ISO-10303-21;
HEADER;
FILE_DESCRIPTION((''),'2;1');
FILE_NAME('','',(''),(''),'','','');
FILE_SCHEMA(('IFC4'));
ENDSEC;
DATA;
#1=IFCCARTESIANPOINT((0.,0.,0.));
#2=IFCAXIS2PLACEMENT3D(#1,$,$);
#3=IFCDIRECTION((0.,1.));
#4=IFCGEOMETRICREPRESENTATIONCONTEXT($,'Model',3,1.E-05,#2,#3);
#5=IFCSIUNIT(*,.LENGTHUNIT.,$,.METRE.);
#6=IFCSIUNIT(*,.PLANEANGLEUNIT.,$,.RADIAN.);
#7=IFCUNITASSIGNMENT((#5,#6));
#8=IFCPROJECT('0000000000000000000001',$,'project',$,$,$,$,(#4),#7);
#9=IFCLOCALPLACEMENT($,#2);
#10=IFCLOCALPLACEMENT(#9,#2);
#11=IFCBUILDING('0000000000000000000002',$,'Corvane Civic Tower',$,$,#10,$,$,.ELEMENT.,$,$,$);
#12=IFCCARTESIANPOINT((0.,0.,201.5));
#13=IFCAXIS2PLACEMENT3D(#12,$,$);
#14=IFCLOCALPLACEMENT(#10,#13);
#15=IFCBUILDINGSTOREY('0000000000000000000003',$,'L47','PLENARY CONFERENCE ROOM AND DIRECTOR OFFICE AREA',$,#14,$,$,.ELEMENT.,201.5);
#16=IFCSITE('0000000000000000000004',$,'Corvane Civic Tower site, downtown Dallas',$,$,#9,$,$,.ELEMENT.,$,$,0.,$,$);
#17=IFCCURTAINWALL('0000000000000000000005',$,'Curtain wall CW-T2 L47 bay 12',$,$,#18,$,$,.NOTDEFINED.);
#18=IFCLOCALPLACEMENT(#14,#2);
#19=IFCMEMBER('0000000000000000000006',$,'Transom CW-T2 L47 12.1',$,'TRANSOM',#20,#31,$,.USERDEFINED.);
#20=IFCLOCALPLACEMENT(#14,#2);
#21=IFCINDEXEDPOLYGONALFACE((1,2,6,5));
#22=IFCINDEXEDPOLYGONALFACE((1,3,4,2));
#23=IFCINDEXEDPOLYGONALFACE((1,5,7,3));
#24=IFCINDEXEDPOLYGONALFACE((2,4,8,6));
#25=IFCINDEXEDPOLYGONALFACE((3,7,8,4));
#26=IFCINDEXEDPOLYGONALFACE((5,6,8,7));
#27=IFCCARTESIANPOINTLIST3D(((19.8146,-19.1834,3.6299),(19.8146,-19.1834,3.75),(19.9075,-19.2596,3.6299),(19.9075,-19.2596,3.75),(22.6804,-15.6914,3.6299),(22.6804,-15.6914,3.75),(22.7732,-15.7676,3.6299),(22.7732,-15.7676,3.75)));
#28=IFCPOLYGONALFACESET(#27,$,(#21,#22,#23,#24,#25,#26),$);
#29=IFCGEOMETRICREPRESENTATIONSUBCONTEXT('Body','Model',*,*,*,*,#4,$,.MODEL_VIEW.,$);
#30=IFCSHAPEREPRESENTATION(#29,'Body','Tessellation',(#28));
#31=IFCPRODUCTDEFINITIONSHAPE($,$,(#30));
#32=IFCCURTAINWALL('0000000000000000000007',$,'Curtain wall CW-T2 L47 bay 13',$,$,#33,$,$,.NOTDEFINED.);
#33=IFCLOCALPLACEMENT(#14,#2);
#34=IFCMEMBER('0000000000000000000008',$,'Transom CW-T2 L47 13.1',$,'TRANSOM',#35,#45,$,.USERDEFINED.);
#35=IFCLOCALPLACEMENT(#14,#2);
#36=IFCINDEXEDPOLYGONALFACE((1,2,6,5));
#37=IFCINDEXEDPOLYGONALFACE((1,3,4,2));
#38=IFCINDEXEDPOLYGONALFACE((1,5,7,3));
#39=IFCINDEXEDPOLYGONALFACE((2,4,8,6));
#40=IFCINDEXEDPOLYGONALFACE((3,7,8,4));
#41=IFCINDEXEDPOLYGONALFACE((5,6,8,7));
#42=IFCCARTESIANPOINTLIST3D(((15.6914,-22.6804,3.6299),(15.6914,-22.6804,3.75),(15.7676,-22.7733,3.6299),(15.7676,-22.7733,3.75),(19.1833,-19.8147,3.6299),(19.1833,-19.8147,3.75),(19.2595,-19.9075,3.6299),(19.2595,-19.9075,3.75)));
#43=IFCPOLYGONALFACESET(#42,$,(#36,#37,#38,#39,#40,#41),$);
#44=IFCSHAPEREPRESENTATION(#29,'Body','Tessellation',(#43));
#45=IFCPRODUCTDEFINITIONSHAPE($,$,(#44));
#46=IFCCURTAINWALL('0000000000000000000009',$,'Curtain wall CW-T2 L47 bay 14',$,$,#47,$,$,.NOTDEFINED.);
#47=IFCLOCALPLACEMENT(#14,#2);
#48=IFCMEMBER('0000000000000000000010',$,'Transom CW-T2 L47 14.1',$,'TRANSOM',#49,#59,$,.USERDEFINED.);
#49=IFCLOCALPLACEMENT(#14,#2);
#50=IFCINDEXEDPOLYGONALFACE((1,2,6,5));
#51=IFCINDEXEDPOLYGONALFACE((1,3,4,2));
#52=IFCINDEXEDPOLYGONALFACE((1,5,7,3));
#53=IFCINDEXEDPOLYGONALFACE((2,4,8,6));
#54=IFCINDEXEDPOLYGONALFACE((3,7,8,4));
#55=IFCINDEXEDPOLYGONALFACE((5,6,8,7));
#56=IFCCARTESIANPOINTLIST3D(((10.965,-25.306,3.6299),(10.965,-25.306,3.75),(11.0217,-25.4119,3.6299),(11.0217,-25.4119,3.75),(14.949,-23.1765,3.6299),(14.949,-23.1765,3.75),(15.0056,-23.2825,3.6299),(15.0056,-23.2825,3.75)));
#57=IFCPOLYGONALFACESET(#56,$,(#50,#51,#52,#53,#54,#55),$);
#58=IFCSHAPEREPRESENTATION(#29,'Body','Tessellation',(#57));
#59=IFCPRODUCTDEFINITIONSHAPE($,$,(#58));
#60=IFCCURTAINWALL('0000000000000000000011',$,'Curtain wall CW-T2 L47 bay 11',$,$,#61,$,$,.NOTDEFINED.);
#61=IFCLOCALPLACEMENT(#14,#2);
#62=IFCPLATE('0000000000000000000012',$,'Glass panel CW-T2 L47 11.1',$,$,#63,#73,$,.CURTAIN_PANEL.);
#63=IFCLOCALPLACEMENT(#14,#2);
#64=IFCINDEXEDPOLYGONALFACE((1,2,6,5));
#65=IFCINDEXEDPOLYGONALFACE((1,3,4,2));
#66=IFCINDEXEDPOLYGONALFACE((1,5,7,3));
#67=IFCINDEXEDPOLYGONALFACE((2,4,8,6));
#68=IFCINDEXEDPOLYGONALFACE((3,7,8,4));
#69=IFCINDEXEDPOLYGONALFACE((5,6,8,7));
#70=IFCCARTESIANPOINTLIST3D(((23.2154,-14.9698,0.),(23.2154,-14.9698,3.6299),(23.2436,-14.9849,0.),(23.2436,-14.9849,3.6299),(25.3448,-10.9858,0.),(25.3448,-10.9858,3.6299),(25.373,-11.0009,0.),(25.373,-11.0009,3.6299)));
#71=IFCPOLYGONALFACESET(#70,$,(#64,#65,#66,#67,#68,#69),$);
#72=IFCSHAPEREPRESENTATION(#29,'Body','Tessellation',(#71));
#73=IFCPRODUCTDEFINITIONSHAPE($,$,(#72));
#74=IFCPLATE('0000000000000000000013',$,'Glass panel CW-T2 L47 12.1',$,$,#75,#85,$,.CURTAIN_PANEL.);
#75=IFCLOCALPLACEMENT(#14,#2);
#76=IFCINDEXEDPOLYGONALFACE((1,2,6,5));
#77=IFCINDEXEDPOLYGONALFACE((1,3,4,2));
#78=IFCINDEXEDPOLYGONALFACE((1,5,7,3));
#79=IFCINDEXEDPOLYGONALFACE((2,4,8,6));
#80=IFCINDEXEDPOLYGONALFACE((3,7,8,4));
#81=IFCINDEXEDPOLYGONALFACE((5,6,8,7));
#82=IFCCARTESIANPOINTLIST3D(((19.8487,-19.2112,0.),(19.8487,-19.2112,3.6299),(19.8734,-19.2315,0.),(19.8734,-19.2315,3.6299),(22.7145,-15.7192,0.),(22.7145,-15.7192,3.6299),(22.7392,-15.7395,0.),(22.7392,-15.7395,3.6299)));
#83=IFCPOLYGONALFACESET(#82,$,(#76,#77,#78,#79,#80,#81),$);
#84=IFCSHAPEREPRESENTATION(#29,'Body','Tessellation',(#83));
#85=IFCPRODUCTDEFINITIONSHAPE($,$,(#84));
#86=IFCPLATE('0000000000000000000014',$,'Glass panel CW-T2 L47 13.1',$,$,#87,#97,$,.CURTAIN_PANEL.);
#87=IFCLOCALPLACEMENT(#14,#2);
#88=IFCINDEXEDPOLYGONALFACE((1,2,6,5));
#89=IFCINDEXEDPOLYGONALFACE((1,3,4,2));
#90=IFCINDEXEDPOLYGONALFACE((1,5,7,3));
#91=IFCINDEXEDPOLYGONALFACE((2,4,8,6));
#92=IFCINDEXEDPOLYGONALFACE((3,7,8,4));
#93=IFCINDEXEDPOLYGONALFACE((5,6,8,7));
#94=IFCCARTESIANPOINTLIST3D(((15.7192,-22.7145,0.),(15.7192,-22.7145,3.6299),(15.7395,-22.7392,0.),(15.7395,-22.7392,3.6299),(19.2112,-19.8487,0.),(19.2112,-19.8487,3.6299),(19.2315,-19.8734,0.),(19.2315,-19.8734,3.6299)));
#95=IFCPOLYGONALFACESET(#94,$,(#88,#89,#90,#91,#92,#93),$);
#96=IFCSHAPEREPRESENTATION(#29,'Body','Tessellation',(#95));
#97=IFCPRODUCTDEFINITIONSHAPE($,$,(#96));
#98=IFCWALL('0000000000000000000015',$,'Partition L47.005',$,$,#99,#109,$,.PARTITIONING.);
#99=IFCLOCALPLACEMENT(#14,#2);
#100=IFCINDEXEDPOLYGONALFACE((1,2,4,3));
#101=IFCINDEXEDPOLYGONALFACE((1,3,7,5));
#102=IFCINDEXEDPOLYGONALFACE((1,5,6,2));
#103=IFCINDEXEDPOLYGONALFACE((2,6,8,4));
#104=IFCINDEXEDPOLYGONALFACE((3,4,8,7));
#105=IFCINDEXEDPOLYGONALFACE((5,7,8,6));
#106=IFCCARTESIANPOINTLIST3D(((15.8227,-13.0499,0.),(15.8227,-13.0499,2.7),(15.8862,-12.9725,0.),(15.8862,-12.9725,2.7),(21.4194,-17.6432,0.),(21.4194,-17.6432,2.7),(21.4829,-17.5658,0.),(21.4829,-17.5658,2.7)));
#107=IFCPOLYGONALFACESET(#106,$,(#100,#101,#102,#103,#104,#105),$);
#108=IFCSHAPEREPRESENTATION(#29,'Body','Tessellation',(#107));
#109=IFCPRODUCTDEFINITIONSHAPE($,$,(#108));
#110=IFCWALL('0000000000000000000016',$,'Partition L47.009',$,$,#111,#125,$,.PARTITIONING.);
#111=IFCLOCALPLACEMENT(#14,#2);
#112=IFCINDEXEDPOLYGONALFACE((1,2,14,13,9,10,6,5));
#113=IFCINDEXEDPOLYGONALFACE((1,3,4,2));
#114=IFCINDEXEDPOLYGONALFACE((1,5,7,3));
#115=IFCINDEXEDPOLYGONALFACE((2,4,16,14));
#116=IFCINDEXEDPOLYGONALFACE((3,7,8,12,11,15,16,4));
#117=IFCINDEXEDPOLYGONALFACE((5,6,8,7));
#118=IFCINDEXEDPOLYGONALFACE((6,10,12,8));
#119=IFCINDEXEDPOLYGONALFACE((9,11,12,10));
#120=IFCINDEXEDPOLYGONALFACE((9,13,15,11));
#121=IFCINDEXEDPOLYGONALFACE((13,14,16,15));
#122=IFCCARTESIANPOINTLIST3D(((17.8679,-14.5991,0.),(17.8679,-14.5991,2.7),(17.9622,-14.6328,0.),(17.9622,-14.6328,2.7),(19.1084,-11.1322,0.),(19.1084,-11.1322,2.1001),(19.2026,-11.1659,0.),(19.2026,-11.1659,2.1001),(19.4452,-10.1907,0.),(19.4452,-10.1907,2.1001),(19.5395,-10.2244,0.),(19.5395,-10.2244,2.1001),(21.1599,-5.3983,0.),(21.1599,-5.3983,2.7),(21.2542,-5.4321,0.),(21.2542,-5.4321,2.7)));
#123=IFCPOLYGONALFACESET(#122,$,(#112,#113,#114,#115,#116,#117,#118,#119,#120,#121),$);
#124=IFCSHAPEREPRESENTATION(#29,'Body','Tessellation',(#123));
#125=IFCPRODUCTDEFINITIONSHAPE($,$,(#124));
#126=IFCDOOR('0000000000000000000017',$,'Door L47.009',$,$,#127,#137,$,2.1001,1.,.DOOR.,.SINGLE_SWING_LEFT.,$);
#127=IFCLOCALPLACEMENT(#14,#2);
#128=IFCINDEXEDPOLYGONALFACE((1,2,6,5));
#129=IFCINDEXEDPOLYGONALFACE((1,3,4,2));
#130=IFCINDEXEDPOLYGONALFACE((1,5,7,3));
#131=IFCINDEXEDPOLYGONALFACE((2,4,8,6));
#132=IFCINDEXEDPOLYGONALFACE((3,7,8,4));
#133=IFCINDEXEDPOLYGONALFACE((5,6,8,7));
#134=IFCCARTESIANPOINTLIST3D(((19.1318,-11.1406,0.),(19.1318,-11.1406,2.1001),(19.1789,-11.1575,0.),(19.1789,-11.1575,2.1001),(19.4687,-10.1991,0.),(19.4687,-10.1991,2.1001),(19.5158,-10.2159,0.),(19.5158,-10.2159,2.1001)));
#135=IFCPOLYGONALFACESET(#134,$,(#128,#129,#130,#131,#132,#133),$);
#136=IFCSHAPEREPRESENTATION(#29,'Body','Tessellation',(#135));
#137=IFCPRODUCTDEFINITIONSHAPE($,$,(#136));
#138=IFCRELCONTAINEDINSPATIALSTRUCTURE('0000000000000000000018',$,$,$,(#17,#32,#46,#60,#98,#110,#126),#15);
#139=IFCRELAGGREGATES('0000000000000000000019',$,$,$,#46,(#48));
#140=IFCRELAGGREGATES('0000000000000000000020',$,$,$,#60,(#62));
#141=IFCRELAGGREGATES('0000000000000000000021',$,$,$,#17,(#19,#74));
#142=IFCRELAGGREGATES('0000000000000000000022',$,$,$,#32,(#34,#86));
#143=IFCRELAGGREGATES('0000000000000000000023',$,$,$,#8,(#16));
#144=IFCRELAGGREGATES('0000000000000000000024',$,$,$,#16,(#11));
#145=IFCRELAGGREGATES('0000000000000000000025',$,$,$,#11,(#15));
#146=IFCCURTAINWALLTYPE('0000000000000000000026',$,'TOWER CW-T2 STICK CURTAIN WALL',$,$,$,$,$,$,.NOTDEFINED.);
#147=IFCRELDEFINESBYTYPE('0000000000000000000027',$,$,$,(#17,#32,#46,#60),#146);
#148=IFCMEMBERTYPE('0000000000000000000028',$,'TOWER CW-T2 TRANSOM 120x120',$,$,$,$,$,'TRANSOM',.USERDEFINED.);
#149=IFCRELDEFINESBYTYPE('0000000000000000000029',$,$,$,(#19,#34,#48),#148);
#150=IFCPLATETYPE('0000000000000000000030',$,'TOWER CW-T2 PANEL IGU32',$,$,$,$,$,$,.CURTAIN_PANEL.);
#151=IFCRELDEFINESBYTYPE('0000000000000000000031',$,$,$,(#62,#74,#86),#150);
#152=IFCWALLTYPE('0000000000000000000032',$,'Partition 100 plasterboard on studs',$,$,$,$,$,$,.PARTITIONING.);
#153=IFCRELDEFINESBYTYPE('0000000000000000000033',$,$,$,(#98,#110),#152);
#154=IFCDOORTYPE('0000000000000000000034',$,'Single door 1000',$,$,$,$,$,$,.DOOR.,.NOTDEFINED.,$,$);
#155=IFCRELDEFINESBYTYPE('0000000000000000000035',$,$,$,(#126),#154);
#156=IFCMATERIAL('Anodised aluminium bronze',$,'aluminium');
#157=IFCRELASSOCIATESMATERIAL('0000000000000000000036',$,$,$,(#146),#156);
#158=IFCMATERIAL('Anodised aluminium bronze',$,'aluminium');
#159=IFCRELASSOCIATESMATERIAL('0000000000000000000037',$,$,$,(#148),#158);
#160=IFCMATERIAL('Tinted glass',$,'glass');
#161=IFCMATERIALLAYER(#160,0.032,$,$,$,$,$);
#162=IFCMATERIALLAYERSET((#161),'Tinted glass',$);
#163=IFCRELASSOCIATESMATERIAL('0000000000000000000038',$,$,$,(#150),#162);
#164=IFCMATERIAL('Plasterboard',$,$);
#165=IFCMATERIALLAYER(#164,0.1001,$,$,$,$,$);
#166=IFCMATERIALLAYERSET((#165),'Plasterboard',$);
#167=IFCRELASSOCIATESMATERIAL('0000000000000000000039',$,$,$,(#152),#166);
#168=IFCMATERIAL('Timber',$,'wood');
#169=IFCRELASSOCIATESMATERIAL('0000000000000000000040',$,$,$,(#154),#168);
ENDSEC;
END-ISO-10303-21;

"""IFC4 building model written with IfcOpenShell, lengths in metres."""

from ifc_helpers import new_model, si_unit, direction, frame, frame_2d, origin, origin_2d, place, context, subcontext, project, spatial, rectangle, extrude, material, layer, layer_set, material_profile, profile_set, type_object, element, fill, aggregate, save


model = new_model("IFC4")

# Units and contexts
model_context = context("Model", 3, precision=1e-05, world=origin(), true_north=direction((0.0, 1.0)))
body_context = subcontext(model_context, "Body", "Model", "MODEL_VIEW")
ifc_project = project(units=[si_unit("LENGTHUNIT", "METRE"), si_unit("PLANEANGLEUNIT", "RADIAN")], contexts=[model_context])

# Site, building, storey
site_placement = place(None, origin())
site = spatial("IfcSite", under=ifc_project, at=site_placement, Name="Corvane Civic Tower site, downtown Dallas", CompositionType="ELEMENT", RefElevation=0.0)
building_placement = place(site_placement, origin())
building = spatial("IfcBuilding", under=site, at=building_placement, Name="Corvane Civic Tower", CompositionType="ELEMENT")
storey_placement = place(building_placement, frame((0.0, 0.0, 201.5)))
storey = spatial("IfcBuildingStorey", under=building, at=storey_placement, Name="L47", Description="PLENARY CONFERENCE ROOM AND DIRECTOR OFFICE AREA", CompositionType="ELEMENT", Elevation=201.5)

# Curtain walls, members
ifc_material_1 = material(Name="Anodised aluminium bronze", Category="aluminium")
curtain_wall_type = type_object("IfcCurtainWallType", Name="TOWER CW-T2 STICK CURTAIN WALL", PredefinedType="NOTDEFINED", material=ifc_material_1)
curtain_wall_1_placement = place(storey_placement, origin())
curtain_wall_1 = element("IfcCurtainWall", 1, at=curtain_wall_1_placement, inside=storey, type_object=curtain_wall_type, Name="Curtain wall CW-T2 L47 bay 12", PredefinedType="NOTDEFINED")
ifc_material_2 = material(Name="Anodised aluminium bronze", Category="aluminium")
ifc_material_profile_1 = material_profile(ifc_material_2, rectangle(XDim=0.1201, YDim=0.1201, at=origin_2d()), Name="TOWER CW-T2 TRANSOM 120x120")
ifc_profile_set_1 = profile_set([ifc_material_profile_1], Name="Anodised aluminium bronze")
member_type = type_object("IfcMemberType", Name="TOWER CW-T2 TRANSOM 120x120", ElementType="TRANSOM", PredefinedType="USERDEFINED", material=ifc_profile_set_1)
member_1_placement = place(storey_placement, frame((22.7268, -15.7295, 3.6899), z_axis=(-0.634388, -0.773015, 0.0), x_axis=(0.773015, -0.634388, 0.0)))
member_1 = element("IfcMember", 2, at=member_1_placement, type_object=member_type, Name="Transom CW-T2 L47 12.1", ObjectType="TRANSOM", PredefinedType="USERDEFINED", context=body_context, shape_type="SweptSolid", body=[
    extrude(rectangle(XDim=0.1201, YDim=0.1201, at=origin_2d()), origin(), (0.0, 0.0, 1.0), 4.5173),
])
curtain_wall_2_placement = place(storey_placement, origin())
curtain_wall_2 = element("IfcCurtainWall", 3, at=curtain_wall_2_placement, inside=storey, type_object=curtain_wall_type, Name="Curtain wall CW-T2 L47 bay 13", PredefinedType="NOTDEFINED")
member_2_placement = place(storey_placement, frame((19.2214, -19.8611, 3.6899), z_axis=(-0.773015, -0.634388, 0.0), x_axis=(0.634388, -0.773015, 0.0)))
member_2 = element("IfcMember", 4, at=member_2_placement, type_object=member_type, Name="Transom CW-T2 L47 13.1", ObjectType="TRANSOM", PredefinedType="USERDEFINED", context=body_context, shape_type="SweptSolid", body=[
    extrude(rectangle(XDim=0.1201, YDim=0.1201, at=origin_2d()), origin(), (0.0, 0.0, 1.0), 4.5173),
])
curtain_wall_3_placement = place(storey_placement, origin())
curtain_wall_3 = element("IfcCurtainWall", 5, at=curtain_wall_3_placement, inside=storey, type_object=curtain_wall_type, Name="Curtain wall CW-T2 L47 bay 14", PredefinedType="NOTDEFINED")
member_3_placement = place(storey_placement, frame((14.9773, -23.2295, 3.6899), z_axis=(-0.881925, -0.47139, 0.0), x_axis=(0.47139, -0.881925, 0.0)))
member_3 = element("IfcMember", 6, at=member_3_placement, type_object=member_type, Name="Transom CW-T2 L47 14.1", ObjectType="TRANSOM", PredefinedType="USERDEFINED", context=body_context, shape_type="SweptSolid", body=[
    extrude(rectangle(XDim=0.1201, YDim=0.1201, at=origin_2d()), origin(), (0.0, 0.0, 1.0), 4.5173),
])
aggregate(curtain_wall_3, [member_3])

# Curtain wall, plate
curtain_wall_4_placement = place(storey_placement, origin())
curtain_wall_4 = element("IfcCurtainWall", 7, at=curtain_wall_4_placement, inside=storey, type_object=curtain_wall_type, Name="Curtain wall CW-T2 L47 bay 11", PredefinedType="NOTDEFINED")
ifc_material_3 = material(Name="Tinted glass", Category="glass")
ifc_layer_1 = layer(ifc_material_3, 0.032)
ifc_layer_set_1 = layer_set([ifc_layer_1], Name="Tinted glass")
plate_type = type_object("IfcPlateType", Name="TOWER CW-T2 PANEL IGU32", PredefinedType="CURTAIN_PANEL", material=ifc_layer_set_1)
plate_1_placement = place(storey_placement, frame((24.2942, -12.9854, 0.0), z_axis=(0.0, 0.0, 1.0), x_axis=(-0.471398, -0.88192, 0.0)))
plate_1 = element("IfcPlate", 8, at=plate_1_placement, type_object=plate_type, Name="Glass panel CW-T2 L47 11.1", PredefinedType="CURTAIN_PANEL", context=body_context, shape_type="SweptSolid", body=[
    extrude(rectangle(XDim=4.5173, YDim=0.032, at=origin_2d()), origin(), (0.0, 0.0, 1.0), 3.6299),
])
aggregate(curtain_wall_4, [plate_1])

# Plates
plate_2_placement = place(storey_placement, frame((21.2939, -17.4753, 0.0), z_axis=(0.0, 0.0, 1.0), x_axis=(-0.634391, -0.773012, 0.0)))
plate_2 = element("IfcPlate", 9, at=plate_2_placement, type_object=plate_type, Name="Glass panel CW-T2 L47 12.1", PredefinedType="CURTAIN_PANEL", context=body_context, shape_type="SweptSolid", body=[
    extrude(rectangle(XDim=4.5173, YDim=0.032, at=origin_2d()), origin(), (0.0, 0.0, 1.0), 3.6299),
])
aggregate(curtain_wall_1, [member_1, plate_2])
plate_3_placement = place(storey_placement, frame((17.4753, -21.2939, 0.0), z_axis=(0.0, 0.0, 1.0), x_axis=(-0.773012, -0.634391, 0.0)))
plate_3 = element("IfcPlate", 10, at=plate_3_placement, type_object=plate_type, Name="Glass panel CW-T2 L47 13.1", PredefinedType="CURTAIN_PANEL", context=body_context, shape_type="SweptSolid", body=[
    extrude(rectangle(XDim=4.5173, YDim=0.032, at=origin_2d()), origin(), (0.0, 0.0, 1.0), 3.6299),
])
aggregate(curtain_wall_2, [member_2, plate_3])

# Wall
ifc_material_4 = material(Name="Plasterboard")
ifc_layer_2 = layer(ifc_material_4, 0.1001)
ifc_layer_set_2 = layer_set([ifc_layer_2], Name="Plasterboard")
wall_type_1 = type_object("IfcWallType", Name="Partition 100 plasterboard on studs", PredefinedType="PARTITIONING", material=ifc_layer_set_2)
wall_1_placement = place(storey_placement, frame((15.8545, -13.0112, 0.0), z_axis=(0.0, 0.0, 1.0), x_axis=(0.772998, -0.634409, 0.0)))
element("IfcWall", 11, at=wall_1_placement, inside=storey, type_object=wall_type_1, Name="Partition L47.005", PredefinedType="PARTITIONING", context=body_context, shape_type="SweptSolid", body=[
    extrude(rectangle(XDim=7.2402, YDim=0.1001, at=frame_2d((3.6201, 0.0))), origin(), (0.0, 0.0, 1.0), 2.7),
])

# Wall, opening, door
wall_2_placement = place(storey_placement, frame((17.915, -14.616, 0.0), z_axis=(0.0, 0.0, 1.0), x_axis=(0.336884, 0.941546, 0.0)))
wall_2 = element("IfcWall", 12, at=wall_2_placement, inside=storey, type_object=wall_type_1, Name="Partition L47.009", PredefinedType="PARTITIONING", context=body_context, shape_type="SweptSolid", body=[
    extrude(rectangle(XDim=9.772, YDim=0.1001, at=frame_2d((4.886, 0.0))), origin(), (0.0, 0.0, 1.0), 2.7),
])
opening_1_placement = place(wall_2_placement, frame((3.6821, 0.0, 0.0)))
opening_1 = element("IfcOpeningElement", 13, at=opening_1_placement, cuts=wall_2, PredefinedType="OPENING", context=body_context, shape_type="SweptSolid", body=[
    extrude(rectangle(XDim=1.0, YDim=2.1001, at=frame_2d((0.5, 1.05))), frame((0.0, 0.0601, 0.0), z_axis=(0.0, -1.0, 0.0), x_axis=(1.0, 0.0, 0.0)), (0.0, 0.0, 1.0), 0.1201),
])
ifc_material_5 = material(Name="Timber", Category="wood")
door_type_1 = type_object("IfcDoorType", Name="Single door 1000", OperationType="NOTDEFINED", PredefinedType="DOOR", material=ifc_material_5)
door_1_placement = place(opening_1_placement, frame((1.0, 0.0, 0.0), z_axis=(0.0, 0.0, 1.0), x_axis=(-1.0, 0.0, 0.0)))
door_1 = element("IfcDoor", 14, at=door_1_placement, inside=storey, type_object=door_type_1, Name="Door L47.009", OperationType="SINGLE_SWING_LEFT", OverallHeight=2.1001, OverallWidth=1.0, PredefinedType="DOOR", context=body_context, shape_type="SweptSolid", body=[
    extrude(rectangle(XDim=1.0, YDim=2.1001, at=frame_2d((0.5, 1.05))), frame((0.0, 0.0249, 0.0), z_axis=(0.0, -1.0, 0.0), x_axis=(1.0, 0.0, 0.0)), (0.0, 0.0, 1.0), 0.05),
])
fill(opening_1, door_1)

save(model, "model.ifc")
